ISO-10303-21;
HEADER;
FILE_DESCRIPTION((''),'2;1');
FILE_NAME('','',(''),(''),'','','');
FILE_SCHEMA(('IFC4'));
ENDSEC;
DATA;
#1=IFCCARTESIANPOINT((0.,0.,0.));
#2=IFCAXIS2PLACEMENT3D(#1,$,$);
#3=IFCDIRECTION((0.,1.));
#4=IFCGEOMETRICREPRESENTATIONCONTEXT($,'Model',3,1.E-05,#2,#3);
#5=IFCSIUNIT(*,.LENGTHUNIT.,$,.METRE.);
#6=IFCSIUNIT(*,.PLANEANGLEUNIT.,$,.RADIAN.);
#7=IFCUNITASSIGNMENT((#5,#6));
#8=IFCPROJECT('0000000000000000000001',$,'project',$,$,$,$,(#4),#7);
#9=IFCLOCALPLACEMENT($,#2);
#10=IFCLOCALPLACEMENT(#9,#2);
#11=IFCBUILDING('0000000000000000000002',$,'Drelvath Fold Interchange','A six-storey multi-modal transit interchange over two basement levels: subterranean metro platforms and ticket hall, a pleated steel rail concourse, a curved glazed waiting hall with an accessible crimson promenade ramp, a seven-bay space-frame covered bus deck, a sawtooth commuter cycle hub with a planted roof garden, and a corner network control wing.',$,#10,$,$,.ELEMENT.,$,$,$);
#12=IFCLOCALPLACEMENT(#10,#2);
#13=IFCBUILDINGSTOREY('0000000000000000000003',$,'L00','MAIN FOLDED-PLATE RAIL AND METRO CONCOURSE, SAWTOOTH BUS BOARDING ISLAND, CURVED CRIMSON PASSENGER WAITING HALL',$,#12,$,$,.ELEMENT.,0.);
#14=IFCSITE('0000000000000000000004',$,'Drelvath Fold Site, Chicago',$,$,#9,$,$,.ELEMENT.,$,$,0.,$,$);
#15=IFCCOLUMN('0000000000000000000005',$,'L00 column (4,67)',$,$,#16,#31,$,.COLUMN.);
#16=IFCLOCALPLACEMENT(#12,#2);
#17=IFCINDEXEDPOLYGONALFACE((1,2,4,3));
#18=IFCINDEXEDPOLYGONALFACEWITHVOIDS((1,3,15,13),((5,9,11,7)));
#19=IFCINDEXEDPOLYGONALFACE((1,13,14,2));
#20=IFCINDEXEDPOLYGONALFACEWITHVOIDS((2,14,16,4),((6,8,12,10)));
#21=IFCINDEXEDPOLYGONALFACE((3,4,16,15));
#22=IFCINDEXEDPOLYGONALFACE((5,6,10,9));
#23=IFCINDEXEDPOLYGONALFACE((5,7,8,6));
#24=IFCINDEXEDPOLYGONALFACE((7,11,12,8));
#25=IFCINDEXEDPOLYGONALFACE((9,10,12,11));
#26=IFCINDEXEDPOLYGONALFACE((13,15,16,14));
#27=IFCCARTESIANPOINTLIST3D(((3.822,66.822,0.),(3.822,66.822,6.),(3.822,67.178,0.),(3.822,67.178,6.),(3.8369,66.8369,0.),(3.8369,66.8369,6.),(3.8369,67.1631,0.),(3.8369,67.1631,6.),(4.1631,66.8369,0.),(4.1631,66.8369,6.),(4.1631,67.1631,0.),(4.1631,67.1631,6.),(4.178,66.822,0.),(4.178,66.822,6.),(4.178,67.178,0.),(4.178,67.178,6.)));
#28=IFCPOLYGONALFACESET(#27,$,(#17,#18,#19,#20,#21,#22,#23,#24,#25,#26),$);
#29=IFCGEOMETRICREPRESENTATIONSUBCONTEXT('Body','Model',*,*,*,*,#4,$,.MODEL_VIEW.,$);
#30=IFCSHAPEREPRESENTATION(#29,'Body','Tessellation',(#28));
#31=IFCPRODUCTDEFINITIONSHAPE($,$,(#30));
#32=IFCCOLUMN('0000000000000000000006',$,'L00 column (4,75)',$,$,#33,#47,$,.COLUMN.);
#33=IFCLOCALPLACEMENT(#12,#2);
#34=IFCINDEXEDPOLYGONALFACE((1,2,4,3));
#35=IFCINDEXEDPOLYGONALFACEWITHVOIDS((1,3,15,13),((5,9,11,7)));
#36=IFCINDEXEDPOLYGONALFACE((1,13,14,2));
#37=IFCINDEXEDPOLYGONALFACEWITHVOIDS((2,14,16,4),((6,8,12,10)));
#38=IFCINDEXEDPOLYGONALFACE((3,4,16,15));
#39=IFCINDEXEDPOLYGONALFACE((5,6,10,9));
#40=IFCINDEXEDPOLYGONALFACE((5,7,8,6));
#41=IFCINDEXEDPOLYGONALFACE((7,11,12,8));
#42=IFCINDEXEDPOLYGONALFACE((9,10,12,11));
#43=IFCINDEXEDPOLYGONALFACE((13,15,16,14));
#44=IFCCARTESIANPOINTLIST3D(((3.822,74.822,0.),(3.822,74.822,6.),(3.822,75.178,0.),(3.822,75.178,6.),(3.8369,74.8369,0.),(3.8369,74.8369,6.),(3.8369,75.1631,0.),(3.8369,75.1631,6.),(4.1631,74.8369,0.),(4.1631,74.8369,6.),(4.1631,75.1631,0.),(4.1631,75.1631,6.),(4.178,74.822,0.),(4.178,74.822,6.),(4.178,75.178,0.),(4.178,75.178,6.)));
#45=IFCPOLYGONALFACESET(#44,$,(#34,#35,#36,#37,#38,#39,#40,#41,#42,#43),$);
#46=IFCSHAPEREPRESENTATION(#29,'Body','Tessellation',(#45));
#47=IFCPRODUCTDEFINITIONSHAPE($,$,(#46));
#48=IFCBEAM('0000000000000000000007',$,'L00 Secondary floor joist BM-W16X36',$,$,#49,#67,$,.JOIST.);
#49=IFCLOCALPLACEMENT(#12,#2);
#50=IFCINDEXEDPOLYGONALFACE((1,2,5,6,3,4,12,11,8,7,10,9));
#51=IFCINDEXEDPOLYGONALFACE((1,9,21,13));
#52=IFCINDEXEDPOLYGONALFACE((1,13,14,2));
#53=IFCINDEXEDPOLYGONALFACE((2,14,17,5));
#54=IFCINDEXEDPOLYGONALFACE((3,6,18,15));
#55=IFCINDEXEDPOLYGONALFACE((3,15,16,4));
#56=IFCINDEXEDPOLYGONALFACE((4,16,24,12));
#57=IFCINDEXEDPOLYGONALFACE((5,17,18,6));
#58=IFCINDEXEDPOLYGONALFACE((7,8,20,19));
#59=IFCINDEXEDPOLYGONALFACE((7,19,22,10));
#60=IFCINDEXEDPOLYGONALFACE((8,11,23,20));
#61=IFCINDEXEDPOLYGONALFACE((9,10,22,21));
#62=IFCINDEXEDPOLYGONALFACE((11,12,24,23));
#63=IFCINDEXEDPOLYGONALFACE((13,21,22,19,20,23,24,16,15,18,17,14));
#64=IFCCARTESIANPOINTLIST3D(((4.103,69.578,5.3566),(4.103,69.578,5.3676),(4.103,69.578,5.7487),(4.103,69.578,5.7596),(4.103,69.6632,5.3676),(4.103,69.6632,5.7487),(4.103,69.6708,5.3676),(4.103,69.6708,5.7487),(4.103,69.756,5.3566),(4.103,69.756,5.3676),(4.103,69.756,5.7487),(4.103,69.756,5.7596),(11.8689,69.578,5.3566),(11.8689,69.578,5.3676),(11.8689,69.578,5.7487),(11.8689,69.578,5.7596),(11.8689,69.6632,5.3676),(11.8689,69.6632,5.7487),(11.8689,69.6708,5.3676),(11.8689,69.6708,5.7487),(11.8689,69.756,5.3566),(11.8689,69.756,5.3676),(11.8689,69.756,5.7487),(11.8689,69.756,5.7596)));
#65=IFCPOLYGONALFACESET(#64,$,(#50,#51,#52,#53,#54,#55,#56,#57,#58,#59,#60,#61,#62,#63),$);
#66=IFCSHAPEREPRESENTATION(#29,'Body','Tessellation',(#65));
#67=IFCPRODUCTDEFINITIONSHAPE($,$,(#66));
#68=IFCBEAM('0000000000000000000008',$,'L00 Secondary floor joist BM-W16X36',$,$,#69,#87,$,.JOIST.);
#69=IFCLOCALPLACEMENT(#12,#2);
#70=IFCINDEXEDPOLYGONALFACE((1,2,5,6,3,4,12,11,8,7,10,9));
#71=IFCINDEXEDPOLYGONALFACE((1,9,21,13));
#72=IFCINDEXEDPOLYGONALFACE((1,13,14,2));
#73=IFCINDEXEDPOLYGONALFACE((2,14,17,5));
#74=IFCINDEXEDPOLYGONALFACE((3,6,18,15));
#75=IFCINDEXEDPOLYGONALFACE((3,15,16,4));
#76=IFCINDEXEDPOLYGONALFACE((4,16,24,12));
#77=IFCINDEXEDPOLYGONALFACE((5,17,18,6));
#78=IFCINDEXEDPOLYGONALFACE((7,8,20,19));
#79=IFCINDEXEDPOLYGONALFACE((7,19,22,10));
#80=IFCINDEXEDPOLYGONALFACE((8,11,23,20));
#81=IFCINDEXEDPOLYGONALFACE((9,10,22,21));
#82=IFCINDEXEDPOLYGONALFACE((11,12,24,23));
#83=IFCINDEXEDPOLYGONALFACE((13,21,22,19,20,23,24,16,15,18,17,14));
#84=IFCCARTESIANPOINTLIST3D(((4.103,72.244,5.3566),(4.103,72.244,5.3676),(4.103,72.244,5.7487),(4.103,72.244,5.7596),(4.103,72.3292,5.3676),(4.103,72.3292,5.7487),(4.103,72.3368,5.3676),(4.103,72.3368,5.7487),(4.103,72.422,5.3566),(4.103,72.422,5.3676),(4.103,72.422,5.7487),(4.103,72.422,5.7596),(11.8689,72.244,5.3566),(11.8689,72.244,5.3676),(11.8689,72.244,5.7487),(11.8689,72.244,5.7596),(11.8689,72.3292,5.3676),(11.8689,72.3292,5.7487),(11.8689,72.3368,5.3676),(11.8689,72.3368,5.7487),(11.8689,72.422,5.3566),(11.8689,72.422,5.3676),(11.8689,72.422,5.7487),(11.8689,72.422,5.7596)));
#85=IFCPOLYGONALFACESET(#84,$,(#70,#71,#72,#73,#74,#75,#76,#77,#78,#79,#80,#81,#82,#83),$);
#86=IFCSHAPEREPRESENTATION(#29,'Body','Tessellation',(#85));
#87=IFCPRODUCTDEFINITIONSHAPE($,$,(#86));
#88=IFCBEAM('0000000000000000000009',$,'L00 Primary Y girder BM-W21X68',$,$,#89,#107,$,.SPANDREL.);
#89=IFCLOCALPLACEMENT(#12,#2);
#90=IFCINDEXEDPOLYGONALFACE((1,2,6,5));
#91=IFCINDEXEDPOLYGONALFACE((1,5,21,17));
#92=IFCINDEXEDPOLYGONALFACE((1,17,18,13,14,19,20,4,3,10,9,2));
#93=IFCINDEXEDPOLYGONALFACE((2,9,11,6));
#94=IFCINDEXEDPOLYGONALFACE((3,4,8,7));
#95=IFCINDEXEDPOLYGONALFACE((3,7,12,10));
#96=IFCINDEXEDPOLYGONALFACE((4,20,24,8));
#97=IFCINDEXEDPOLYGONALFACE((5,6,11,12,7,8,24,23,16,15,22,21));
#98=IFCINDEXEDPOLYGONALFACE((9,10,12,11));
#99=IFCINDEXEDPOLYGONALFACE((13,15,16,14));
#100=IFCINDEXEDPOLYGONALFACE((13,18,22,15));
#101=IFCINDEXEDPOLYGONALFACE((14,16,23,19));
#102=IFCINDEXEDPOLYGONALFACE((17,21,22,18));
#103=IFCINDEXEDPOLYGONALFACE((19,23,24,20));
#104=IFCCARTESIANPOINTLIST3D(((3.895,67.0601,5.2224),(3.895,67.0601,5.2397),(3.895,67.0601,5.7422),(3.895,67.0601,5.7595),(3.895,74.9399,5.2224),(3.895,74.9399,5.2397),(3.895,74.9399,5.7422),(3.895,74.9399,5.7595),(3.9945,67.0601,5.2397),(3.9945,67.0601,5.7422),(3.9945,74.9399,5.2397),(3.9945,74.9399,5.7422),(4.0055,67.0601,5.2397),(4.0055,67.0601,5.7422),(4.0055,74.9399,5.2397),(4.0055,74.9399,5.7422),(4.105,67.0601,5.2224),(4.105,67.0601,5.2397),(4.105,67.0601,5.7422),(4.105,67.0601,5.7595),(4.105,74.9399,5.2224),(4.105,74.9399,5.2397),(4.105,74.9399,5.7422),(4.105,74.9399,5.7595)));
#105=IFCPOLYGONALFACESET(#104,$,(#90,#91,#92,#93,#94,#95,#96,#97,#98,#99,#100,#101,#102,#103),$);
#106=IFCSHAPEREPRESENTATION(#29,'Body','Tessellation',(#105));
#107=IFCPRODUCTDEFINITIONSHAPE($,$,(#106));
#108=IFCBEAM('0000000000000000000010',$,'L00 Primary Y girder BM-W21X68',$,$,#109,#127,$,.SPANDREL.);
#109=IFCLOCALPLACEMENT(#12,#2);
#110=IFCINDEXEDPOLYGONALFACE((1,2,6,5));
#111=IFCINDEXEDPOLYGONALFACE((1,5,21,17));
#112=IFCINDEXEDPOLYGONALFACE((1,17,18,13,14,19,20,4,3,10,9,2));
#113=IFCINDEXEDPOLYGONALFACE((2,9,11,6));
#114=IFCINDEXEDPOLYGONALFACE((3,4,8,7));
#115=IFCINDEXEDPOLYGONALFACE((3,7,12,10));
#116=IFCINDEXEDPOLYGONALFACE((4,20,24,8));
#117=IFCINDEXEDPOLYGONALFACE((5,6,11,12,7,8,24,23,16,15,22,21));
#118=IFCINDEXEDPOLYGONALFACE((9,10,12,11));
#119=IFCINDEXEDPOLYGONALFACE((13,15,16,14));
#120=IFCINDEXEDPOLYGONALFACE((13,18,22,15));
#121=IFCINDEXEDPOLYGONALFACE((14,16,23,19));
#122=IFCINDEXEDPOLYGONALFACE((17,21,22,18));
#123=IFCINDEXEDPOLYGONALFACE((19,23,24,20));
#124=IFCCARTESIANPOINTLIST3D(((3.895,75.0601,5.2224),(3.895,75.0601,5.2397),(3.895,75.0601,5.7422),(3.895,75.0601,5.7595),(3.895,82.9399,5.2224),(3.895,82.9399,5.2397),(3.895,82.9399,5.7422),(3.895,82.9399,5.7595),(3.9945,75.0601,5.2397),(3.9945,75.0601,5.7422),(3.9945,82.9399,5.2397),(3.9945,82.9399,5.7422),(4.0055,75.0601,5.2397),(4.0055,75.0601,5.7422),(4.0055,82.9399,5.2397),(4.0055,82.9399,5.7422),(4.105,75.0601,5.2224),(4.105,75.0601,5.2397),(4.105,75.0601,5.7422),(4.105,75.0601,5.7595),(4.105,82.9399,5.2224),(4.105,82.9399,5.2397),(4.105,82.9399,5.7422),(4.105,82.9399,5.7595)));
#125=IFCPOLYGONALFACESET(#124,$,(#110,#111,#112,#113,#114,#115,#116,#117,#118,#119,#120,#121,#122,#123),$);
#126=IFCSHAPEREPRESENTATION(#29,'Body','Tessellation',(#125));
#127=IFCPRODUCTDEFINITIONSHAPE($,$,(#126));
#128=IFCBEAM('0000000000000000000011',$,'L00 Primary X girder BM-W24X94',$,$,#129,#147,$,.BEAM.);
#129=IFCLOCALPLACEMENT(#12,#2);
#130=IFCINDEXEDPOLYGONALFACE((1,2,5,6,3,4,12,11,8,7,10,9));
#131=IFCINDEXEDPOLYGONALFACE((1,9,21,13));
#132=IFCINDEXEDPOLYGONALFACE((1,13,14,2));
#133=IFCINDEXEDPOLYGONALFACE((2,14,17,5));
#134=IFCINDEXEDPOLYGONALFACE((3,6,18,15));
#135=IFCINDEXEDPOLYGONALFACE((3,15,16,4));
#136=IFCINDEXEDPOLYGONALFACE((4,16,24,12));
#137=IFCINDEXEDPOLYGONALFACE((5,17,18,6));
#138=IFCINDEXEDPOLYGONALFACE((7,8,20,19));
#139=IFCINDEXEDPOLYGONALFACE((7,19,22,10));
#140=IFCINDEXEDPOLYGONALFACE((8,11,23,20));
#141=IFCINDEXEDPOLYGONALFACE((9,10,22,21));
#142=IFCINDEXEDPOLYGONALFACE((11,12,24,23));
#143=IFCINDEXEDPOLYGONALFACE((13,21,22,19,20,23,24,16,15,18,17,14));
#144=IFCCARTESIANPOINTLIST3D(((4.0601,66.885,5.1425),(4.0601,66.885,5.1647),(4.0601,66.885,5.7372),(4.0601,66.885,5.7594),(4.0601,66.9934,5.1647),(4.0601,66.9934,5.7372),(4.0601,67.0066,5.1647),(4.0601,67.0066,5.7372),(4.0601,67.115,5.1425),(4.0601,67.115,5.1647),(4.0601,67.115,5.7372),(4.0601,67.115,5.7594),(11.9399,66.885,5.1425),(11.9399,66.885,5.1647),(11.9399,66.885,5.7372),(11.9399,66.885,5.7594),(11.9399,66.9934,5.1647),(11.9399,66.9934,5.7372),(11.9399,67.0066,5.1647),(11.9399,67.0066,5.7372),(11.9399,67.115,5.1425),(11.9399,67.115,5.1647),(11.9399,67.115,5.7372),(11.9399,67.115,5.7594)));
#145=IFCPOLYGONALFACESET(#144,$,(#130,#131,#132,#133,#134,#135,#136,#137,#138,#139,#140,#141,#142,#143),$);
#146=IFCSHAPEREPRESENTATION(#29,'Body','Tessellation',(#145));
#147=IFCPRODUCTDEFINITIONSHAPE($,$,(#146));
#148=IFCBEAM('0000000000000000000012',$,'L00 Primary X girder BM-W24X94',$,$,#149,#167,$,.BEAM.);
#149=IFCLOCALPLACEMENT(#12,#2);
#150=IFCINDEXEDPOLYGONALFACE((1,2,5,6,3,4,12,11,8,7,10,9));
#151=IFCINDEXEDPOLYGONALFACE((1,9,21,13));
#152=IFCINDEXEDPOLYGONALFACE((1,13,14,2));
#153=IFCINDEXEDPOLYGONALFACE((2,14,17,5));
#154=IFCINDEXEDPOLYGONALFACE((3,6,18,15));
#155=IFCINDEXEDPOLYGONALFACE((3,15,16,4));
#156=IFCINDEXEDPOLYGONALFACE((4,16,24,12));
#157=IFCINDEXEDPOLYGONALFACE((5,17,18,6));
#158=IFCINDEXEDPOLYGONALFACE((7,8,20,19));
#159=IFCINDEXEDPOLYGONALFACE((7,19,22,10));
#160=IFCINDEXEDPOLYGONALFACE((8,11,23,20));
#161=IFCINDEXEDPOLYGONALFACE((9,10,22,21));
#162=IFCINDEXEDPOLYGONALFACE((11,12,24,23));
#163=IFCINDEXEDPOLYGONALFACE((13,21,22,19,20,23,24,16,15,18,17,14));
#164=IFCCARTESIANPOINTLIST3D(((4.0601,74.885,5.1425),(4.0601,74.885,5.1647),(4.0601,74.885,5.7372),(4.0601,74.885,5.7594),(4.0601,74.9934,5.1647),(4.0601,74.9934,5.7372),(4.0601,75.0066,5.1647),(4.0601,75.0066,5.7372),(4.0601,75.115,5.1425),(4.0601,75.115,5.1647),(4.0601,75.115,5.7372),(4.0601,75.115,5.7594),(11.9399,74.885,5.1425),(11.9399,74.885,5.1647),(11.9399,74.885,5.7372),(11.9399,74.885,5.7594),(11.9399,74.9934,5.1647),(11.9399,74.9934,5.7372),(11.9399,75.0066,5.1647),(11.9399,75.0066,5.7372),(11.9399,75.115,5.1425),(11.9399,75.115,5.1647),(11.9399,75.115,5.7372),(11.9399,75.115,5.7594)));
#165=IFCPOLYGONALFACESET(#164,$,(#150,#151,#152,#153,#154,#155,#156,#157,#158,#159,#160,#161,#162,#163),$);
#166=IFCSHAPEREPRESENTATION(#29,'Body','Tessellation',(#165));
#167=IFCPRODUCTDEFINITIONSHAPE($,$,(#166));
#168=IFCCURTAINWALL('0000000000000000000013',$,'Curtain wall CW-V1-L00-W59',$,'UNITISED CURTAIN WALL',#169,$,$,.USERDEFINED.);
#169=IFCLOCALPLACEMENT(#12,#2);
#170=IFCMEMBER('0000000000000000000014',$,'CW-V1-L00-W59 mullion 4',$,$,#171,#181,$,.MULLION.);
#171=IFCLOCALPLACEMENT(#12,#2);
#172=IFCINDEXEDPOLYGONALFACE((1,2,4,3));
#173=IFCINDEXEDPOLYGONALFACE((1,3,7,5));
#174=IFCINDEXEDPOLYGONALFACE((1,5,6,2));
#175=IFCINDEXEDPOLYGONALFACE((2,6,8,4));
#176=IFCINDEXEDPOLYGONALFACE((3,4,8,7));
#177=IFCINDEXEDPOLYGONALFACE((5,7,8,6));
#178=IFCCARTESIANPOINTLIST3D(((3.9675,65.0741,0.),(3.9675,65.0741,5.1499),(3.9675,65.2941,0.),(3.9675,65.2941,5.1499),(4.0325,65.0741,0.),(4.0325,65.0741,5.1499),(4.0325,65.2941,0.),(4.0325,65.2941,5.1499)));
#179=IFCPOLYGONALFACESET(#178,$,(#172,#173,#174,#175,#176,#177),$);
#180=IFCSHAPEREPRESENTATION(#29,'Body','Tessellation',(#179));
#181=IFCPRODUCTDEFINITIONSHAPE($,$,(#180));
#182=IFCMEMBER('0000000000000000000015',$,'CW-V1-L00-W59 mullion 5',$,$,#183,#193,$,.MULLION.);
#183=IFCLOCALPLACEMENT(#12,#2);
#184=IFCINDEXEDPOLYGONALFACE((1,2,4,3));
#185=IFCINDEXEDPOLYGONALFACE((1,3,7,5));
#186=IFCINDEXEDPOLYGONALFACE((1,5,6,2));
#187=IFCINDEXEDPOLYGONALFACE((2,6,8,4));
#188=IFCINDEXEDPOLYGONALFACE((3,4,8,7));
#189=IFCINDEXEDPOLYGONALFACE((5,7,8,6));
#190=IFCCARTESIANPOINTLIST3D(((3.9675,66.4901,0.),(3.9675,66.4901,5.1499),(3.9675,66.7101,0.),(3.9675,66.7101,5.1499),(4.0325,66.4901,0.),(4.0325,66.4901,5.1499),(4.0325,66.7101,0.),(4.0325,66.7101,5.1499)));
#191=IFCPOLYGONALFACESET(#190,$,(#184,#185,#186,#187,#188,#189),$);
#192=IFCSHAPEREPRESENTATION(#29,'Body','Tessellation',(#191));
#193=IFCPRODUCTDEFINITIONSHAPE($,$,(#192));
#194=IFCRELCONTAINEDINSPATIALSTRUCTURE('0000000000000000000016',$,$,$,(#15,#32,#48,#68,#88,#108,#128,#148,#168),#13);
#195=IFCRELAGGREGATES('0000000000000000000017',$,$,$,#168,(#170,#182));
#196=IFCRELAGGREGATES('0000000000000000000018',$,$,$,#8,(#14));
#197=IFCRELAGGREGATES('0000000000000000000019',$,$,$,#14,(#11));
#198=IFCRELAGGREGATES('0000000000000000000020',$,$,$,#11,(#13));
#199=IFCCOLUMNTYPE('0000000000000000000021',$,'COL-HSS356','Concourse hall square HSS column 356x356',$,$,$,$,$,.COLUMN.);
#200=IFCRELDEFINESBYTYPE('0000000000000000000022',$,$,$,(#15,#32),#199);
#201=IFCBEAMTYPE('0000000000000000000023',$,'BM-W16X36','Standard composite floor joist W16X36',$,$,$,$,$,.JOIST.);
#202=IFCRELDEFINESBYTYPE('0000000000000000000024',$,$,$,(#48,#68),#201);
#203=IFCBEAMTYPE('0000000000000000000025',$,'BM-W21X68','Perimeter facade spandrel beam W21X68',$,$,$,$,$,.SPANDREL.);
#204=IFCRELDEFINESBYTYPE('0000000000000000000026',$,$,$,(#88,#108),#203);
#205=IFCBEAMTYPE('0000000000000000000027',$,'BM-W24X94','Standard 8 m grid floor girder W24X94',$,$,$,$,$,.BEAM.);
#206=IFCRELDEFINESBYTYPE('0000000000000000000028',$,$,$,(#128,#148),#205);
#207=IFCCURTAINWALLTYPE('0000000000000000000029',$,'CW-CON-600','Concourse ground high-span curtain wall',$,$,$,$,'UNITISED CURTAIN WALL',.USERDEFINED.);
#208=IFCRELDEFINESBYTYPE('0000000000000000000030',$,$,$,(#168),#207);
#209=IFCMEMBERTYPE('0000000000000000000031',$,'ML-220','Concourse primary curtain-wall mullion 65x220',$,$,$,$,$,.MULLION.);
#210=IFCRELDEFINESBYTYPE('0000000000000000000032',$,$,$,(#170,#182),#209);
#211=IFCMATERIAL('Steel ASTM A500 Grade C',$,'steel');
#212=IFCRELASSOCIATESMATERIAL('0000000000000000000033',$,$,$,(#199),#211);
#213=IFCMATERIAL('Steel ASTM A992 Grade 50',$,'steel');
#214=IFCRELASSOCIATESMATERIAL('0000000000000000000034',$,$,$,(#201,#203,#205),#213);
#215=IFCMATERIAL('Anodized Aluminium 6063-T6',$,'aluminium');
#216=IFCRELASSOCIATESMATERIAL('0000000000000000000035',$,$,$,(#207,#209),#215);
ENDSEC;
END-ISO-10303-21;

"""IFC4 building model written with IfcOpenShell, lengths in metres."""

from ifc_helpers import new_model, si_unit, direction, frame, origin, origin_2d, place, context, subcontext, project, spatial, rectangle, hollow_rectangle, i_section, extrude, material, material_profile, profile_set, type_object, element, aggregate, save


model = new_model("IFC4")

# Units and contexts
model_context = context("Model", 3, precision=1e-05, world=origin(), true_north=direction((0.0, 1.0)))
body_context = subcontext(model_context, "Body", "Model", "MODEL_VIEW")
ifc_project = project(units=[si_unit("LENGTHUNIT", "METRE"), si_unit("PLANEANGLEUNIT", "RADIAN")], contexts=[model_context])

# Site, building, storey
site_placement = place(None, origin())
site = spatial("IfcSite", under=ifc_project, at=site_placement, Name="Drelvath Fold Site, Chicago", CompositionType="ELEMENT", RefElevation=0.0)
building_placement = place(site_placement, origin())
building = spatial("IfcBuilding", under=site, at=building_placement, Name="Drelvath Fold Interchange", Description="A six-storey multi-modal transit interchange over two basement levels: subterranean metro platforms and ticket hall, a pleated steel rail concourse, a curved glazed waiting hall with an accessible crimson promenade ramp, a seven-bay space-frame covered bus deck, a sawtooth commuter cycle hub with a planted roof garden, and a corner network control wing.", CompositionType="ELEMENT")
storey_placement = place(building_placement, origin())
storey = spatial("IfcBuildingStorey", under=building, at=storey_placement, Name="L00", Description="MAIN FOLDED-PLATE RAIL AND METRO CONCOURSE, SAWTOOTH BUS BOARDING ISLAND, CURVED CRIMSON PASSENGER WAITING HALL", CompositionType="ELEMENT", Elevation=0.0)

# Columns
ifc_material_1 = material(Name="Steel ASTM A500 Grade C", Category="steel")
ifc_material_profile_1 = material_profile(ifc_material_1, hollow_rectangle(XDim=0.356, YDim=0.356, WallThickness=0.0149, at=origin_2d()), Name="HSS14X14X5/8")
ifc_profile_set_1 = profile_set([ifc_material_profile_1], Name="Steel ASTM A500 Grade C")
column_type = type_object("IfcColumnType", Name="COL-HSS356", Description="Concourse hall square HSS column 356x356", PredefinedType="COLUMN", material=ifc_profile_set_1)
for number, where, z_axis, x_axis, name in (
    (1, (4.0, 67.0, 0.0), (0.0, 0.0, 1.0), (1.0, 0.0, 0.0), "L00 column (4,67)"),
    (2, (4.0, 75.0, 0.0), (0.0, 0.0, 1.0), (1.0, 0.0, 0.0), "L00 column (4,75)"),
):
    element("IfcColumn", number, at=place(storey_placement, frame(where, z_axis=z_axis, x_axis=x_axis)), inside=storey, type_object=column_type, Name=name, PredefinedType="COLUMN", context=body_context, shape_type="SweptSolid", body=[
        extrude(hollow_rectangle(XDim=0.356, YDim=0.356, WallThickness=0.0149, at=origin_2d()), origin(), (0.0, 0.0, 1.0), 6.0),
    ])

# Beams
ifc_material_2 = material(Name="Steel ASTM A992 Grade 50", Category="steel")
ifc_material_profile_2 = material_profile(ifc_material_2, i_section(OverallWidth=0.178, OverallDepth=0.4031, WebThickness=0.0076, FlangeThickness=0.011, at=origin_2d()), Name="W16X36")
ifc_profile_set_2 = profile_set([ifc_material_profile_2], Name="Steel ASTM A992 Grade 50")
beam_type_1 = type_object("IfcBeamType", Name="BM-W16X36", Description="Standard composite floor joist W16X36", PredefinedType="JOIST", material=ifc_profile_set_2)
for number, where, z_axis, x_axis, name in (
    (3, (4.103, 69.667, 5.5581), (1.0, 0.0, 0.0), (0.0, 1.0, 0.0), "L00 Secondary floor joist BM-W16X36"),
    (4, (4.103, 72.333, 5.5581), (1.0, 0.0, 0.0), (0.0, 1.0, 0.0), "L00 Secondary floor joist BM-W16X36"),
):
    element("IfcBeam", number, at=place(storey_placement, frame(where, z_axis=z_axis, x_axis=x_axis)), inside=storey, type_object=beam_type_1, Name=name, PredefinedType="JOIST", context=body_context, shape_type="SweptSolid", body=[
        extrude(i_section(OverallWidth=0.178, OverallDepth=0.4031, WebThickness=0.0076, FlangeThickness=0.011, at=origin_2d()), origin(), (0.0, 0.0, 1.0), 7.7659),
    ])
ifc_material_profile_3 = material_profile(ifc_material_2, i_section(OverallWidth=0.21, OverallDepth=0.5371, WebThickness=0.011, FlangeThickness=0.0173, at=origin_2d()), Name="W21X68")
ifc_profile_set_3 = profile_set([ifc_material_profile_3], Name="Steel ASTM A992 Grade 50")
beam_type_2 = type_object("IfcBeamType", Name="BM-W21X68", Description="Perimeter facade spandrel beam W21X68", PredefinedType="SPANDREL", material=ifc_profile_set_3)
for number, where, z_axis, x_axis, name in (
    (5, (4.0, 67.0601, 5.491), (0.0, 1.0, 0.0), (-1.0, 0.0, 0.0), "L00 Primary Y girder BM-W21X68"),
    (6, (4.0, 75.0601, 5.491), (0.0, 1.0, 0.0), (-1.0, 0.0, 0.0), "L00 Primary Y girder BM-W21X68"),
):
    element("IfcBeam", number, at=place(storey_placement, frame(where, z_axis=z_axis, x_axis=x_axis)), inside=storey, type_object=beam_type_2, Name=name, PredefinedType="SPANDREL", context=body_context, shape_type="SweptSolid", body=[
        extrude(i_section(OverallWidth=0.21, OverallDepth=0.5371, WebThickness=0.011, FlangeThickness=0.0173, at=origin_2d()), origin(), (0.0, 0.0, 1.0), 7.8799),
    ])
ifc_material_profile_4 = material_profile(ifc_material_2, i_section(OverallWidth=0.23, OverallDepth=0.6169, WebThickness=0.0132, FlangeThickness=0.0222, at=origin_2d()), Name="W24X94")
ifc_profile_set_4 = profile_set([ifc_material_profile_4], Name="Steel ASTM A992 Grade 50")
beam_type_3 = type_object("IfcBeamType", Name="BM-W24X94", Description="Standard 8 m grid floor girder W24X94", PredefinedType="BEAM", material=ifc_profile_set_4)
for number, where, z_axis, x_axis, name in (
    (7, (4.0601, 67.0, 5.4509), (1.0, 0.0, 0.0), (0.0, 1.0, 0.0), "L00 Primary X girder BM-W24X94"),
    (8, (4.0601, 75.0, 5.4509), (1.0, 0.0, 0.0), (0.0, 1.0, 0.0), "L00 Primary X girder BM-W24X94"),
):
    element("IfcBeam", number, at=place(storey_placement, frame(where, z_axis=z_axis, x_axis=x_axis)), inside=storey, type_object=beam_type_3, Name=name, PredefinedType="BEAM", context=body_context, shape_type="SweptSolid", body=[
        extrude(i_section(OverallWidth=0.23, OverallDepth=0.6169, WebThickness=0.0132, FlangeThickness=0.0222, at=origin_2d()), origin(), (0.0, 0.0, 1.0), 7.8799),
    ])

# Curtain wall, members
ifc_material_3 = material(Name="Anodized Aluminium 6063-T6", Category="aluminium")
curtain_wall_type = type_object("IfcCurtainWallType", Name="CW-CON-600", Description="Concourse ground high-span curtain wall", ElementType="UNITISED CURTAIN WALL", PredefinedType="USERDEFINED", material=ifc_material_3)
curtain_wall_placement = place(storey_placement, origin())
curtain_wall = element("IfcCurtainWall", 9, at=curtain_wall_placement, inside=storey, type_object=curtain_wall_type, Name="Curtain wall CW-V1-L00-W59", ObjectType="UNITISED CURTAIN WALL", PredefinedType="USERDEFINED")
ifc_material_profile_5 = material_profile(ifc_material_3, rectangle(XDim=0.0649, YDim=0.22, at=origin_2d()), Name="AL-M 65x220")
ifc_profile_set_5 = profile_set([ifc_material_profile_5], Name="Anodized Aluminium 6063-T6")
member_type = type_object("IfcMemberType", Name="ML-220", Description="Concourse primary curtain-wall mullion 65x220", PredefinedType="MULLION", material=ifc_profile_set_5)
member_1_placement = place(storey_placement, frame((4.0, 65.1841, 0.0), z_axis=(0.0, 0.0, 1.0), x_axis=(1.0, 0.0, 0.0)))
member_1 = element("IfcMember", 10, at=member_1_placement, type_object=member_type, Name="CW-V1-L00-W59 mullion 4", PredefinedType="MULLION", context=body_context, shape_type="SweptSolid", body=[
    extrude(rectangle(XDim=0.0649, YDim=0.22, at=origin_2d()), origin(), (0.0, 0.0, 1.0), 5.1499),
])
member_2_placement = place(storey_placement, frame((4.0, 66.6001, 0.0), z_axis=(0.0, 0.0, 1.0), x_axis=(1.0, 0.0, 0.0)))
member_2 = element("IfcMember", 11, at=member_2_placement, type_object=member_type, Name="CW-V1-L00-W59 mullion 5", PredefinedType="MULLION", context=body_context, shape_type="SweptSolid", body=[
    extrude(rectangle(XDim=0.0649, YDim=0.22, at=origin_2d()), origin(), (0.0, 0.0, 1.0), 5.1499),
])
aggregate(curtain_wall, [member_1, member_2])

save(model, "model.ifc")
